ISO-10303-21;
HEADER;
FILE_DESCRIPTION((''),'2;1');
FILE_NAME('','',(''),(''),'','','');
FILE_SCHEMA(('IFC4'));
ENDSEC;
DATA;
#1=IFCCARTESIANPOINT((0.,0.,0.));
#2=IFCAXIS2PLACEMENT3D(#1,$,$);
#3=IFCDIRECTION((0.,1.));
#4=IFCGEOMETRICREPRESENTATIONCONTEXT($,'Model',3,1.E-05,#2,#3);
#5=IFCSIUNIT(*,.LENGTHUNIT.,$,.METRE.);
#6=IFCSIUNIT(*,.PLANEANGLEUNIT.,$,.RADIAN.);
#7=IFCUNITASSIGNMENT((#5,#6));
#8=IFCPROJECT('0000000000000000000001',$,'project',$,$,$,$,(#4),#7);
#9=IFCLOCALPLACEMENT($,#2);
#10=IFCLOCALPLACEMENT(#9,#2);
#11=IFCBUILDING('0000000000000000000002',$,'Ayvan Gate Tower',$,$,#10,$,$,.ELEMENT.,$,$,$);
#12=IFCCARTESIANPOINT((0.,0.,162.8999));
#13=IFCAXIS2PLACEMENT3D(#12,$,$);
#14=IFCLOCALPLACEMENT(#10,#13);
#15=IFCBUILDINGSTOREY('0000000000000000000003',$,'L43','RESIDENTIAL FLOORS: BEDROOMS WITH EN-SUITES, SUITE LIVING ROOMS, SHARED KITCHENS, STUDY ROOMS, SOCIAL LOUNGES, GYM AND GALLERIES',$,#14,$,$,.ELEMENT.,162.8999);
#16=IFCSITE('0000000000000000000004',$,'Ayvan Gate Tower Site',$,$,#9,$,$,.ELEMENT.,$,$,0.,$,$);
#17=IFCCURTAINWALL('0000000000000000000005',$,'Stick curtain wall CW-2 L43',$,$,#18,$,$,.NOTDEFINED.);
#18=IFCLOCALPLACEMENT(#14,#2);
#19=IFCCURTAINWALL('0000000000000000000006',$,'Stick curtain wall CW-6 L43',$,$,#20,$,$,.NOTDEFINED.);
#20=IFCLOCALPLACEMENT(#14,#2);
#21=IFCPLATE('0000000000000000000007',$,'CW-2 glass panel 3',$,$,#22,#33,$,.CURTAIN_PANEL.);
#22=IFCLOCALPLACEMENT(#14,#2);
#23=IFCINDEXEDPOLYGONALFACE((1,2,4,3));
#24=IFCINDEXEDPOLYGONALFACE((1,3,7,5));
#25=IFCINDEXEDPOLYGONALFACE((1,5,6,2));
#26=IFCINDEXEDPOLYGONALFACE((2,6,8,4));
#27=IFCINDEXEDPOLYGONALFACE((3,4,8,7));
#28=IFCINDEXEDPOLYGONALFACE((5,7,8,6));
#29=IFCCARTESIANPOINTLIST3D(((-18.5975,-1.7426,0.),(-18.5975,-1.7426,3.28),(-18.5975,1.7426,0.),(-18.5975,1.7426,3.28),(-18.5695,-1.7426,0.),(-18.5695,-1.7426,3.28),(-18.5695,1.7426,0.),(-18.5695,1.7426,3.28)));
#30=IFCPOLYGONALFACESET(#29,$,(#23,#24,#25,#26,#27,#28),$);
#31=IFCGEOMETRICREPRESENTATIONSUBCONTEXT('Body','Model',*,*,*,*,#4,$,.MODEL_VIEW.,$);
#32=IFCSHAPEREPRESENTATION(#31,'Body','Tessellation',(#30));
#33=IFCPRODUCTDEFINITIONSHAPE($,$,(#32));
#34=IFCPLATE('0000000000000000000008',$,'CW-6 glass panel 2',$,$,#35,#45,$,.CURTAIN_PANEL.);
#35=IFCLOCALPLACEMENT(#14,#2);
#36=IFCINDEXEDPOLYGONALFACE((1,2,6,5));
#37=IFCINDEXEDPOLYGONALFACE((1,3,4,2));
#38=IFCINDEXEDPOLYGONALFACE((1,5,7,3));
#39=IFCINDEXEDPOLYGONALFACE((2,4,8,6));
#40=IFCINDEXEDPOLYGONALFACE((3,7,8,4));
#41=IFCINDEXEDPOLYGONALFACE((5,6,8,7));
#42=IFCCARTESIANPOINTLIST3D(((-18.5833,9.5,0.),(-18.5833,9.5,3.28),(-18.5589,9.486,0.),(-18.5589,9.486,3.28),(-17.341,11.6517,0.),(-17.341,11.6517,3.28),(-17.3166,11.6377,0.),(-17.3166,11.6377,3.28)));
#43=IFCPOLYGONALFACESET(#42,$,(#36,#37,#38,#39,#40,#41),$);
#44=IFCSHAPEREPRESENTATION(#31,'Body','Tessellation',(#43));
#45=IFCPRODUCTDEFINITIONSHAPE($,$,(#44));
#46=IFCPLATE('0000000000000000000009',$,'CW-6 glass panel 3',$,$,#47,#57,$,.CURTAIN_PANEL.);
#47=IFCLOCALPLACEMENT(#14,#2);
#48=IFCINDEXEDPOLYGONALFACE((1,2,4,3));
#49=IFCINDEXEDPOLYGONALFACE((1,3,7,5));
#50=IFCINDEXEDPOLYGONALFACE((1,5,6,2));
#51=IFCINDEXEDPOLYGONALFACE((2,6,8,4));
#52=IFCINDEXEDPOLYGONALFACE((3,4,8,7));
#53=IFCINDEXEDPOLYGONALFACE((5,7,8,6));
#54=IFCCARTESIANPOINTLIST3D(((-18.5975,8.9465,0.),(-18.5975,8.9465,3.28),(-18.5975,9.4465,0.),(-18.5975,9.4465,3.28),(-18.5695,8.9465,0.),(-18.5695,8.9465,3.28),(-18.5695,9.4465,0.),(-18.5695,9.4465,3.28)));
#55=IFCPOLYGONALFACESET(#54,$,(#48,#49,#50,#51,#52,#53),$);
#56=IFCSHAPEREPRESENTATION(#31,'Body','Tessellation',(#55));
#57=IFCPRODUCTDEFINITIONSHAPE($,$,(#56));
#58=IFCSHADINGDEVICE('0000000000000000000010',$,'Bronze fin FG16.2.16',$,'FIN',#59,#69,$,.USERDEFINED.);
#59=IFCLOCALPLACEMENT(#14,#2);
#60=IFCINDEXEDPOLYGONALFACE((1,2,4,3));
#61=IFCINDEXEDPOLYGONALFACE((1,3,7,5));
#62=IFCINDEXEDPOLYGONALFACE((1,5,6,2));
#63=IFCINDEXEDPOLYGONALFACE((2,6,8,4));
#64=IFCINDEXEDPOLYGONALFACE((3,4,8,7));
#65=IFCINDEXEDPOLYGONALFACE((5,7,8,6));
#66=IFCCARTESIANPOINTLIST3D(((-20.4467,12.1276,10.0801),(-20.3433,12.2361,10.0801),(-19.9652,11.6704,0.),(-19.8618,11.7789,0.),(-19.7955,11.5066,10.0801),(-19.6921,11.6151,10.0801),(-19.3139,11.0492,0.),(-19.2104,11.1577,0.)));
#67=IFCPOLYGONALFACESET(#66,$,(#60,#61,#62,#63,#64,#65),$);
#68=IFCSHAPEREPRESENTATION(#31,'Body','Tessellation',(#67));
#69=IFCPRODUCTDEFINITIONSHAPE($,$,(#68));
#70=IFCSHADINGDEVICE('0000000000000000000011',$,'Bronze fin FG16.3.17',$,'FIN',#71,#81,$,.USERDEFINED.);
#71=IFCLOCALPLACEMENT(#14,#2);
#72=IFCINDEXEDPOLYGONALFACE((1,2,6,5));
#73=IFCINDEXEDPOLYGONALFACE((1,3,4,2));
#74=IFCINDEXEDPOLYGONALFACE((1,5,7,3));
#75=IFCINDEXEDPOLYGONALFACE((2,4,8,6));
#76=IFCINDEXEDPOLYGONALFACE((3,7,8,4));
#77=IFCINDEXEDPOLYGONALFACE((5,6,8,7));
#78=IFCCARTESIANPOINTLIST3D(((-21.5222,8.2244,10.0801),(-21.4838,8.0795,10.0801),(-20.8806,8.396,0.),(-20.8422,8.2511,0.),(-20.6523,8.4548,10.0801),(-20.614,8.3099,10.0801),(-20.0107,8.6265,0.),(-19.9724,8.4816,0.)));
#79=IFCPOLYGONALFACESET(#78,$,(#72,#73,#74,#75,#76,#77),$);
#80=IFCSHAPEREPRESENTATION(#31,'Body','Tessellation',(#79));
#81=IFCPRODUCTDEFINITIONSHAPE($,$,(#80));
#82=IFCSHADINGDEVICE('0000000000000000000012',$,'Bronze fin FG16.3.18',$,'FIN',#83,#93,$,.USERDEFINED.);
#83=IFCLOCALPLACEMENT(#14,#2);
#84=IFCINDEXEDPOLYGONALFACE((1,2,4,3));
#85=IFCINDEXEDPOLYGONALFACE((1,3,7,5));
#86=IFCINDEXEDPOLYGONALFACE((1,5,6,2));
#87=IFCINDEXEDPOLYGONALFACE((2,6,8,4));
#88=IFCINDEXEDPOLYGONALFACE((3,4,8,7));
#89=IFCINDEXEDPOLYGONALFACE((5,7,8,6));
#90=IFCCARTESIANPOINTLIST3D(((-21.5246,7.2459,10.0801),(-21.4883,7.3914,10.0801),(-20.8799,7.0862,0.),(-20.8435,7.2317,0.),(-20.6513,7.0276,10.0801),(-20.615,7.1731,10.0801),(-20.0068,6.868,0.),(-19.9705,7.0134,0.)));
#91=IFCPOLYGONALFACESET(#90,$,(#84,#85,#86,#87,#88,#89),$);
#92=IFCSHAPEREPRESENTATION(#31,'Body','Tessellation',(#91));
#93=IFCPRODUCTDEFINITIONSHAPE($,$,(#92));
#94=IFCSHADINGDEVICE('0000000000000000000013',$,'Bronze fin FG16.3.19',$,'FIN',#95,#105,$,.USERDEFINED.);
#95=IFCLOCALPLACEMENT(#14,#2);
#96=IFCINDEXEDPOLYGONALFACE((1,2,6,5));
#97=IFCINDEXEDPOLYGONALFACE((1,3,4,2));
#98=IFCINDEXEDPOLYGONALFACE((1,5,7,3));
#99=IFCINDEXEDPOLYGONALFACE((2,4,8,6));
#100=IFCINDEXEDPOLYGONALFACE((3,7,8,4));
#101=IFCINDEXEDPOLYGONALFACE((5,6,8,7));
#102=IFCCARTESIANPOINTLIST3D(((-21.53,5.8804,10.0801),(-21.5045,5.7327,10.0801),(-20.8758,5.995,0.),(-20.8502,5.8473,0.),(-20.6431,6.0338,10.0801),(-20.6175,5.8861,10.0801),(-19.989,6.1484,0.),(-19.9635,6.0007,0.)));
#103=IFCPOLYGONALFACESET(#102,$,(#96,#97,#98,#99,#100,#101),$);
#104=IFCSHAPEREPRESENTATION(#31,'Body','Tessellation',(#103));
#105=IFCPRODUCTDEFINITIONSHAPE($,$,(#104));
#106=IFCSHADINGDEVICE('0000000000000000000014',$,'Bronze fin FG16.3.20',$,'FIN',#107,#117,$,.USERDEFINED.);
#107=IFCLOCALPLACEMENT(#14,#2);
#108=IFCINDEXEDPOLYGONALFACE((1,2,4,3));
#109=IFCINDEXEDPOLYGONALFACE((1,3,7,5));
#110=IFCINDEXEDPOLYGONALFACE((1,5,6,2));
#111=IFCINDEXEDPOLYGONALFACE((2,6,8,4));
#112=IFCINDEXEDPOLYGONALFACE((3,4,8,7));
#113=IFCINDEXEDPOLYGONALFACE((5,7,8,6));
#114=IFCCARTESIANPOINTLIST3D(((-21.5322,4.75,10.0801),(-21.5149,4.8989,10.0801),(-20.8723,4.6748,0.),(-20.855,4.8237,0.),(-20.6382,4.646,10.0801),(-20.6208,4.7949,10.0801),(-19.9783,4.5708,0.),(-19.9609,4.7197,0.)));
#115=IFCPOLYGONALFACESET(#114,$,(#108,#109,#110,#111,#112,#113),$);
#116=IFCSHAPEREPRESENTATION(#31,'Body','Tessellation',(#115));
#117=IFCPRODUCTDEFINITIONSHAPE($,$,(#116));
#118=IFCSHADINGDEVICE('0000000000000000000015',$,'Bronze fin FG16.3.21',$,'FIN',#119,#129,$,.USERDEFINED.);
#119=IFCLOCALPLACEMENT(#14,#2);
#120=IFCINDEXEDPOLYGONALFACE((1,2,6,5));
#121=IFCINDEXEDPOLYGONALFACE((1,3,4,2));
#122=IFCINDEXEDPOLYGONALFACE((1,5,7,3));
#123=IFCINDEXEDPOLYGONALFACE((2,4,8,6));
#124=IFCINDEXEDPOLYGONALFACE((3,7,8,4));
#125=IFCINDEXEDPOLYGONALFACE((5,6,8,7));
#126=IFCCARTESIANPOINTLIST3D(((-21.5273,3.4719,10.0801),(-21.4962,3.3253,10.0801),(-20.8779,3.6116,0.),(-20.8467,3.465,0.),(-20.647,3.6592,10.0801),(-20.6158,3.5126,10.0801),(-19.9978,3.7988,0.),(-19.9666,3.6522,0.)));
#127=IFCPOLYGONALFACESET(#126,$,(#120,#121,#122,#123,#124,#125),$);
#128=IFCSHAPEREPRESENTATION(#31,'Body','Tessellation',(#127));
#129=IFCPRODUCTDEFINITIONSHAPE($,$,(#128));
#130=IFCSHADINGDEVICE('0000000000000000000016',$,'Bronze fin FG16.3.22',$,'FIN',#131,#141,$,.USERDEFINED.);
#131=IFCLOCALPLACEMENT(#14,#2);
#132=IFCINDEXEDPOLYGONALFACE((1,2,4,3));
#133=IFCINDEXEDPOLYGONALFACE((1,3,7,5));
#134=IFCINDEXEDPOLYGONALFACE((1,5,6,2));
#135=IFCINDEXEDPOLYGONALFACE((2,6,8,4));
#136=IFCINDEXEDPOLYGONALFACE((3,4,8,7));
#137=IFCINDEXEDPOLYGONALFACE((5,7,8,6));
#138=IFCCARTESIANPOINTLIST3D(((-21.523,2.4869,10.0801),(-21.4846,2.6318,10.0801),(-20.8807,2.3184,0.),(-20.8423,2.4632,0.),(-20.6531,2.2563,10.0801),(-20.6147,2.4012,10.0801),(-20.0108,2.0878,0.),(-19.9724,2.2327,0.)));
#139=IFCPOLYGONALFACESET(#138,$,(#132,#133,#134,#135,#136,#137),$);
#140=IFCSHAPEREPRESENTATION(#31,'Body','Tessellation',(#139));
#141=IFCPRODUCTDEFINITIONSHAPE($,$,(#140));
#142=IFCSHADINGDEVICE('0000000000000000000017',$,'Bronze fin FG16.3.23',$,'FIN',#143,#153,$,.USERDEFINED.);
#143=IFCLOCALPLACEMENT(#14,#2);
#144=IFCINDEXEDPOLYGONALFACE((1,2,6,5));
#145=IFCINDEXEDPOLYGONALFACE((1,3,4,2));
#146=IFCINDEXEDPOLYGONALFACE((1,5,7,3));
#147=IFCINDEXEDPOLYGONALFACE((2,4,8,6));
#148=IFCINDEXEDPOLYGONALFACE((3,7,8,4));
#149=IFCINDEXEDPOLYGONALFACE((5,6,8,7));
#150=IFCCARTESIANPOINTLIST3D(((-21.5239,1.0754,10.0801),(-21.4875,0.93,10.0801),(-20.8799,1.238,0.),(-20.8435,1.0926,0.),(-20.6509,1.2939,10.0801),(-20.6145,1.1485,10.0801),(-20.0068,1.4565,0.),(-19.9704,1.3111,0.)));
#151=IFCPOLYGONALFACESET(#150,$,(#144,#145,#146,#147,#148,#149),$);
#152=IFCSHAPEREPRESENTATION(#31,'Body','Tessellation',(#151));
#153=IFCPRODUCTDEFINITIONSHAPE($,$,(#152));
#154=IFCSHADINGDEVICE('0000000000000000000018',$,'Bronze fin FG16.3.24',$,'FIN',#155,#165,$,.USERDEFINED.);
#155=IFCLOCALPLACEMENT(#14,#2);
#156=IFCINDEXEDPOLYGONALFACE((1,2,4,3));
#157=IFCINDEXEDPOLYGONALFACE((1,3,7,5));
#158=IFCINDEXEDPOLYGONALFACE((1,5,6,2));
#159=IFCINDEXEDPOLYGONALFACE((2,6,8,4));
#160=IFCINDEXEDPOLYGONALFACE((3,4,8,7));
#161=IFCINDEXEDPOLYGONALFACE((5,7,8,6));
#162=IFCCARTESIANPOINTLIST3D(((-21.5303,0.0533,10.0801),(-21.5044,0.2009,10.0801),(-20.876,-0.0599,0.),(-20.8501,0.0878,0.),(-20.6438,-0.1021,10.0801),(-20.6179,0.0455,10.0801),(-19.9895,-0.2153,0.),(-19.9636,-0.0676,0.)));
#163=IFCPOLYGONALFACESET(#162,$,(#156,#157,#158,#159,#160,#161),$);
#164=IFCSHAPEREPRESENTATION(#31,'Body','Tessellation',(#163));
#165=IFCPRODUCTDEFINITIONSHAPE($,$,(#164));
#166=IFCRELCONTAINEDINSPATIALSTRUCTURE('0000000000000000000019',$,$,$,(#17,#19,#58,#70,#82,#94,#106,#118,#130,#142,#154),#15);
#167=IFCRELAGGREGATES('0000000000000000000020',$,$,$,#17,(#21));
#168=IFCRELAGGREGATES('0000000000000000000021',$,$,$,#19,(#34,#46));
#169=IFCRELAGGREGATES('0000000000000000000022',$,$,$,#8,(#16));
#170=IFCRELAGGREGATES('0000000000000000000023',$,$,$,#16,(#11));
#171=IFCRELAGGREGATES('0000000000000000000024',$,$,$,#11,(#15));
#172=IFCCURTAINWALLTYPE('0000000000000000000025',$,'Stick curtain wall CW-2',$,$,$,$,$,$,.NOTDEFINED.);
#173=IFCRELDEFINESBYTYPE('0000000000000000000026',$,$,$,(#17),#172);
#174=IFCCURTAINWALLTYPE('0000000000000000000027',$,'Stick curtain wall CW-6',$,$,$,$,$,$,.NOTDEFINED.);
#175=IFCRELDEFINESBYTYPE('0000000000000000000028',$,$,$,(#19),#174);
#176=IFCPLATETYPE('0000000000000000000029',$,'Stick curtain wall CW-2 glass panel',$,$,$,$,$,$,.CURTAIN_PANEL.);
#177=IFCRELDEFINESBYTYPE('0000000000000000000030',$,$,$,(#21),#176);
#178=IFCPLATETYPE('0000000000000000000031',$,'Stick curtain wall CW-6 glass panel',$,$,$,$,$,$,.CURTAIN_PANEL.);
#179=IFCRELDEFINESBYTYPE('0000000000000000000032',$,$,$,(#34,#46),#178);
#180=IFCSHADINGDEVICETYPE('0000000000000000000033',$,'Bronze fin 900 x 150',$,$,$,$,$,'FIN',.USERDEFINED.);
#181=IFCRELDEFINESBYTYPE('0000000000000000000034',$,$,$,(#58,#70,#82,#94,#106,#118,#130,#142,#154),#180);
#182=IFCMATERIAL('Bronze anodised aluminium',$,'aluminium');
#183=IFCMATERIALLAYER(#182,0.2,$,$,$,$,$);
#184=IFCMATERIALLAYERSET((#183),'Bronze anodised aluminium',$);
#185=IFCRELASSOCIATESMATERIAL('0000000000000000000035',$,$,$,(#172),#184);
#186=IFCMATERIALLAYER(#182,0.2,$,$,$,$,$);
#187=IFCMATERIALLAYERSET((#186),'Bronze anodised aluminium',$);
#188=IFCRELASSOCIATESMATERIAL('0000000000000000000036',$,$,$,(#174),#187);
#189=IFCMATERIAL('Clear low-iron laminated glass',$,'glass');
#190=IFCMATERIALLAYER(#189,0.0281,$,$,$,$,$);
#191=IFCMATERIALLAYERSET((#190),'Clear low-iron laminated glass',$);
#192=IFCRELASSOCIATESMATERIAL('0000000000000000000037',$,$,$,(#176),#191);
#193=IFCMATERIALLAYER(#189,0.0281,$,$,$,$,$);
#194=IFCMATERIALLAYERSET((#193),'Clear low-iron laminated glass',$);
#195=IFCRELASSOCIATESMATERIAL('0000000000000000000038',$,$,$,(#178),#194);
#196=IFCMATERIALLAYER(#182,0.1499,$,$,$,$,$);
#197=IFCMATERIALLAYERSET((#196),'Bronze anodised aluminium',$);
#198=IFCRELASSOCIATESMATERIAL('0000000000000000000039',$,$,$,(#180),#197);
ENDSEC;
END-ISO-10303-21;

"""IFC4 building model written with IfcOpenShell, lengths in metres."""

from ifc_helpers import new_model, si_unit, direction, frame, origin, origin_2d, place, context, subcontext, project, spatial, polyline, rectangle, outline, extrude, material, layer, layer_set, type_object, element, aggregate, save


model = new_model("IFC4")

# Units and contexts
model_context = context("Model", 3, precision=1e-05, world=origin(), true_north=direction((0.0, 1.0)))
body_context = subcontext(model_context, "Body", "Model", "MODEL_VIEW")
ifc_project = project(units=[si_unit("LENGTHUNIT", "METRE"), si_unit("PLANEANGLEUNIT", "RADIAN")], contexts=[model_context])

# Site, building, storey
site_placement = place(None, origin())
site = spatial("IfcSite", under=ifc_project, at=site_placement, Name="Ayvan Gate Tower Site", CompositionType="ELEMENT", RefElevation=0.0)
building_placement = place(site_placement, origin())
building = spatial("IfcBuilding", under=site, at=building_placement, Name="Ayvan Gate Tower", CompositionType="ELEMENT")
storey_placement = place(building_placement, frame((0.0, 0.0, 162.8999)))
storey = spatial("IfcBuildingStorey", under=building, at=storey_placement, Name="L43", Description="RESIDENTIAL FLOORS: BEDROOMS WITH EN-SUITES, SUITE LIVING ROOMS, SHARED KITCHENS, STUDY ROOMS, SOCIAL LOUNGES, GYM AND GALLERIES", CompositionType="ELEMENT", Elevation=162.8999)

# Curtain walls
ifc_material_1 = material(Name="Bronze anodised aluminium", Category="aluminium")
ifc_layer_1 = layer(ifc_material_1, 0.2)
ifc_layer_set_1 = layer_set([ifc_layer_1], Name="Bronze anodised aluminium")
curtain_wall_type_1 = type_object("IfcCurtainWallType", Name="Stick curtain wall CW-2", PredefinedType="NOTDEFINED", material=ifc_layer_set_1)
curtain_wall_1_placement = place(storey_placement, origin())
curtain_wall_1 = element("IfcCurtainWall", 1, at=curtain_wall_1_placement, inside=storey, type_object=curtain_wall_type_1, Name="Stick curtain wall CW-2 L43", PredefinedType="NOTDEFINED")
ifc_layer_2 = layer(ifc_material_1, 0.2)
ifc_layer_set_2 = layer_set([ifc_layer_2], Name="Bronze anodised aluminium")
curtain_wall_type_2 = type_object("IfcCurtainWallType", Name="Stick curtain wall CW-6", PredefinedType="NOTDEFINED", material=ifc_layer_set_2)
curtain_wall_2_placement = place(storey_placement, origin())
curtain_wall_2 = element("IfcCurtainWall", 2, at=curtain_wall_2_placement, inside=storey, type_object=curtain_wall_type_2, Name="Stick curtain wall CW-6 L43", PredefinedType="NOTDEFINED")

# Plates
ifc_material_2 = material(Name="Clear low-iron laminated glass", Category="glass")
ifc_layer_3 = layer(ifc_material_2, 0.0281)
ifc_layer_set_3 = layer_set([ifc_layer_3], Name="Clear low-iron laminated glass")
plate_type_1 = type_object("IfcPlateType", Name="Stick curtain wall CW-2 glass panel", PredefinedType="CURTAIN_PANEL", material=ifc_layer_set_3)
plate_1_placement = place(storey_placement, frame((-18.5835, 0.0, 0.0), z_axis=(0.0, 0.0, 1.0), x_axis=(0.0, -1.0, 0.0)))
plate_1 = element("IfcPlate", 3, at=plate_1_placement, type_object=plate_type_1, Name="CW-2 glass panel 3", PredefinedType="CURTAIN_PANEL", context=body_context, shape_type="SweptSolid", body=[
    extrude(rectangle(XDim=3.4851, YDim=0.0281, at=origin_2d()), origin(), (0.0, 0.0, 1.0), 3.28),
])
aggregate(curtain_wall_1, [plate_1])
ifc_layer_4 = layer(ifc_material_2, 0.0281)
ifc_layer_set_4 = layer_set([ifc_layer_4], Name="Clear low-iron laminated glass")
plate_type_2 = type_object("IfcPlateType", Name="Stick curtain wall CW-6 glass panel", PredefinedType="CURTAIN_PANEL", material=ifc_layer_set_4)
plate_2_placement = place(storey_placement, frame((-17.95, 10.5688, 0.0), z_axis=(0.0, 0.0, 1.0), x_axis=(-0.5, -0.866025, 0.0)))
plate_2 = element("IfcPlate", 4, at=plate_2_placement, type_object=plate_type_2, Name="CW-6 glass panel 2", PredefinedType="CURTAIN_PANEL", context=body_context, shape_type="SweptSolid", body=[
    extrude(rectangle(XDim=2.4846, YDim=0.0281, at=origin_2d()), origin(), (0.0, 0.0, 1.0), 3.28),
])
plate_3_placement = place(storey_placement, frame((-18.5835, 9.1965, 0.0), z_axis=(0.0, 0.0, 1.0), x_axis=(0.0, -1.0, 0.0)))
plate_3 = element("IfcPlate", 5, at=plate_3_placement, type_object=plate_type_2, Name="CW-6 glass panel 3", PredefinedType="CURTAIN_PANEL", context=body_context, shape_type="SweptSolid", body=[
    extrude(rectangle(XDim=0.5, YDim=0.0281, at=origin_2d()), origin(), (0.0, 0.0, 1.0), 3.28),
])
aggregate(curtain_wall_2, [plate_2, plate_3])

# Shading devices
ifc_layer_5 = layer(ifc_material_1, 0.1499)
ifc_layer_set_5 = layer_set([ifc_layer_5], Name="Bronze anodised aluminium")
shading_device_type = type_object("IfcShadingDeviceType", Name="Bronze fin 900 x 150", ElementType="FIN", PredefinedType="USERDEFINED", material=ifc_layer_set_5)
shading_device_1_placement = place(storey_placement, frame((-19.2104, 11.1577, 0.0), z_axis=(0.690156, 0.72366, 0.000143), x_axis=(-0.72366, 0.690156, 0.0)))
element("IfcShadingDevice", 6, at=shading_device_1_placement, inside=storey, type_object=shading_device_type, Name="Bronze fin FG16.2.16", ObjectType="FIN", PredefinedType="USERDEFINED", context=body_context, shape_type="SweptSolid", body=[
    extrude(outline(polyline([(0.0, 0.0), (0.9, 0.0), (1.564, 10.0801), (0.6642, 10.0801), (0.0, 0.0)])), origin(), (0.0, 0.0, -1.0), 0.1499),
])
shading_device_2_placement = place(storey_placement, frame((-20.0107, 8.6265, 0.0), z_axis=(-0.256109, 0.966648, 0.000157), x_axis=(-0.966648, -0.256109, 0.0)))
element("IfcShadingDevice", 7, at=shading_device_2_placement, inside=storey, type_object=shading_device_type, Name="Bronze fin FG16.3.17", ObjectType="FIN", PredefinedType="USERDEFINED", context=body_context, shape_type="SweptSolid", body=[
    extrude(outline(polyline([(0.0, 0.0), (0.8999, 0.0), (1.564, 10.0801), (0.6642, 10.0801), (0.0, 0.0)])), origin(), (0.0, 0.0, -1.0), 0.1499),
])
shading_device_3_placement = place(storey_placement, frame((-19.9705, 7.0134, 0.0), z_axis=(0.242504, 0.97015, 0.000142), x_axis=(-0.97015, 0.242504, 0.0)))
element("IfcShadingDevice", 8, at=shading_device_3_placement, inside=storey, type_object=shading_device_type, Name="Bronze fin FG16.3.18", ObjectType="FIN", PredefinedType="USERDEFINED", context=body_context, shape_type="SweptSolid", body=[
    extrude(outline(polyline([(0.0, 0.0), (0.8999, 0.0), (1.5642, 10.0801), (0.664, 10.0801), (0.0, 0.0)])), origin(), (0.0, 0.0, -1.0), 0.1499),
])
shading_device_4_placement = place(storey_placement, frame((-19.989, 6.1484, 0.0), z_axis=(-0.170488, 0.98536, 0.000141), x_axis=(-0.98536, -0.170488, 0.0)))
element("IfcShadingDevice", 9, at=shading_device_4_placement, inside=storey, type_object=shading_device_type, Name="Bronze fin FG16.3.19", ObjectType="FIN", PredefinedType="USERDEFINED", context=body_context, shape_type="SweptSolid", body=[
    extrude(outline(polyline([(0.0, 0.0), (0.8999, 0.0), (1.5642, 10.0801), (0.664, 10.0801), (0.0, 0.0)])), origin(), (0.0, 0.0, -1.0), 0.1499),
])
shading_device_5_placement = place(storey_placement, frame((-19.9609, 4.7197, 0.0), z_axis=(0.115551, 0.993302, 0.000155), x_axis=(-0.993302, 0.115551, 0.0)))
element("IfcShadingDevice", 10, at=shading_device_5_placement, inside=storey, type_object=shading_device_type, Name="Bronze fin FG16.3.20", ObjectType="FIN", PredefinedType="USERDEFINED", context=body_context, shape_type="SweptSolid", body=[
    extrude(outline(polyline([(0.0, 0.0), (0.9001, 0.0), (1.5643, 10.0801), (0.6642, 10.0801), (0.0, 0.0)])), origin(), (0.0, 0.0, -1.0), 0.1499),
])
shading_device_6_placement = place(storey_placement, frame((-19.9978, 3.7988, 0.0), z_axis=(-0.208075, 0.978113, 0.000148), x_axis=(-0.978113, -0.208075, 0.0)))
element("IfcShadingDevice", 11, at=shading_device_6_placement, inside=storey, type_object=shading_device_type, Name="Bronze fin FG16.3.21", ObjectType="FIN", PredefinedType="USERDEFINED", context=body_context, shape_type="SweptSolid", body=[
    extrude(outline(polyline([(0.0, 0.0), (0.8998, 0.0), (1.5641, 10.0801), (0.664, 10.0801), (0.0, 0.0)])), origin(), (0.0, 0.0, -1.0), 0.1499),
])
shading_device_7_placement = place(storey_placement, frame((-19.9724, 2.2327, 0.0), z_axis=(0.256236, 0.966614, 0.000162), x_axis=(-0.966614, 0.256236, 0.0)))
element("IfcShadingDevice", 12, at=shading_device_7_placement, inside=storey, type_object=shading_device_type, Name="Bronze fin FG16.3.22", ObjectType="FIN", PredefinedType="USERDEFINED", context=body_context, shape_type="SweptSolid", body=[
    extrude(outline(polyline([(0.0, 0.0), (0.8999, 0.0), (1.564, 10.0801), (0.6641, 10.0801), (0.0, 0.0)])), origin(), (0.0, 0.0, -1.0), 0.1499),
])
shading_device_8_placement = place(storey_placement, frame((-20.0068, 1.4565, 0.0), z_axis=(-0.242791, 0.970079, 0.000135), x_axis=(-0.970079, -0.242791, 0.0)))
element("IfcShadingDevice", 13, at=shading_device_8_placement, inside=storey, type_object=shading_device_type, Name="Bronze fin FG16.3.23", ObjectType="FIN", PredefinedType="USERDEFINED", context=body_context, shape_type="SweptSolid", body=[
    extrude(outline(polyline([(0.0, 0.0), (0.9, 0.0), (1.5642, 10.0801), (0.6642, 10.0801), (0.0, 0.0)])), origin(), (0.0, 0.0, -1.0), 0.1499),
])
shading_device_9_placement = place(storey_placement, frame((-19.9636, -0.0676, 0.0), z_axis=(0.172663, 0.984981, 0.00015), x_axis=(-0.984981, 0.172663, 0.0)))
element("IfcShadingDevice", 14, at=shading_device_9_placement, inside=storey, type_object=shading_device_type, Name="Bronze fin FG16.3.24", ObjectType="FIN", PredefinedType="USERDEFINED", context=body_context, shape_type="SweptSolid", body=[
    extrude(outline(polyline([(0.0, 0.0), (0.9, 0.0), (1.564, 10.0801), (0.664, 10.0801), (0.0, 0.0)])), origin(), (0.0, 0.0, -1.0), 0.1499),
])

save(model, "model.ifc")
